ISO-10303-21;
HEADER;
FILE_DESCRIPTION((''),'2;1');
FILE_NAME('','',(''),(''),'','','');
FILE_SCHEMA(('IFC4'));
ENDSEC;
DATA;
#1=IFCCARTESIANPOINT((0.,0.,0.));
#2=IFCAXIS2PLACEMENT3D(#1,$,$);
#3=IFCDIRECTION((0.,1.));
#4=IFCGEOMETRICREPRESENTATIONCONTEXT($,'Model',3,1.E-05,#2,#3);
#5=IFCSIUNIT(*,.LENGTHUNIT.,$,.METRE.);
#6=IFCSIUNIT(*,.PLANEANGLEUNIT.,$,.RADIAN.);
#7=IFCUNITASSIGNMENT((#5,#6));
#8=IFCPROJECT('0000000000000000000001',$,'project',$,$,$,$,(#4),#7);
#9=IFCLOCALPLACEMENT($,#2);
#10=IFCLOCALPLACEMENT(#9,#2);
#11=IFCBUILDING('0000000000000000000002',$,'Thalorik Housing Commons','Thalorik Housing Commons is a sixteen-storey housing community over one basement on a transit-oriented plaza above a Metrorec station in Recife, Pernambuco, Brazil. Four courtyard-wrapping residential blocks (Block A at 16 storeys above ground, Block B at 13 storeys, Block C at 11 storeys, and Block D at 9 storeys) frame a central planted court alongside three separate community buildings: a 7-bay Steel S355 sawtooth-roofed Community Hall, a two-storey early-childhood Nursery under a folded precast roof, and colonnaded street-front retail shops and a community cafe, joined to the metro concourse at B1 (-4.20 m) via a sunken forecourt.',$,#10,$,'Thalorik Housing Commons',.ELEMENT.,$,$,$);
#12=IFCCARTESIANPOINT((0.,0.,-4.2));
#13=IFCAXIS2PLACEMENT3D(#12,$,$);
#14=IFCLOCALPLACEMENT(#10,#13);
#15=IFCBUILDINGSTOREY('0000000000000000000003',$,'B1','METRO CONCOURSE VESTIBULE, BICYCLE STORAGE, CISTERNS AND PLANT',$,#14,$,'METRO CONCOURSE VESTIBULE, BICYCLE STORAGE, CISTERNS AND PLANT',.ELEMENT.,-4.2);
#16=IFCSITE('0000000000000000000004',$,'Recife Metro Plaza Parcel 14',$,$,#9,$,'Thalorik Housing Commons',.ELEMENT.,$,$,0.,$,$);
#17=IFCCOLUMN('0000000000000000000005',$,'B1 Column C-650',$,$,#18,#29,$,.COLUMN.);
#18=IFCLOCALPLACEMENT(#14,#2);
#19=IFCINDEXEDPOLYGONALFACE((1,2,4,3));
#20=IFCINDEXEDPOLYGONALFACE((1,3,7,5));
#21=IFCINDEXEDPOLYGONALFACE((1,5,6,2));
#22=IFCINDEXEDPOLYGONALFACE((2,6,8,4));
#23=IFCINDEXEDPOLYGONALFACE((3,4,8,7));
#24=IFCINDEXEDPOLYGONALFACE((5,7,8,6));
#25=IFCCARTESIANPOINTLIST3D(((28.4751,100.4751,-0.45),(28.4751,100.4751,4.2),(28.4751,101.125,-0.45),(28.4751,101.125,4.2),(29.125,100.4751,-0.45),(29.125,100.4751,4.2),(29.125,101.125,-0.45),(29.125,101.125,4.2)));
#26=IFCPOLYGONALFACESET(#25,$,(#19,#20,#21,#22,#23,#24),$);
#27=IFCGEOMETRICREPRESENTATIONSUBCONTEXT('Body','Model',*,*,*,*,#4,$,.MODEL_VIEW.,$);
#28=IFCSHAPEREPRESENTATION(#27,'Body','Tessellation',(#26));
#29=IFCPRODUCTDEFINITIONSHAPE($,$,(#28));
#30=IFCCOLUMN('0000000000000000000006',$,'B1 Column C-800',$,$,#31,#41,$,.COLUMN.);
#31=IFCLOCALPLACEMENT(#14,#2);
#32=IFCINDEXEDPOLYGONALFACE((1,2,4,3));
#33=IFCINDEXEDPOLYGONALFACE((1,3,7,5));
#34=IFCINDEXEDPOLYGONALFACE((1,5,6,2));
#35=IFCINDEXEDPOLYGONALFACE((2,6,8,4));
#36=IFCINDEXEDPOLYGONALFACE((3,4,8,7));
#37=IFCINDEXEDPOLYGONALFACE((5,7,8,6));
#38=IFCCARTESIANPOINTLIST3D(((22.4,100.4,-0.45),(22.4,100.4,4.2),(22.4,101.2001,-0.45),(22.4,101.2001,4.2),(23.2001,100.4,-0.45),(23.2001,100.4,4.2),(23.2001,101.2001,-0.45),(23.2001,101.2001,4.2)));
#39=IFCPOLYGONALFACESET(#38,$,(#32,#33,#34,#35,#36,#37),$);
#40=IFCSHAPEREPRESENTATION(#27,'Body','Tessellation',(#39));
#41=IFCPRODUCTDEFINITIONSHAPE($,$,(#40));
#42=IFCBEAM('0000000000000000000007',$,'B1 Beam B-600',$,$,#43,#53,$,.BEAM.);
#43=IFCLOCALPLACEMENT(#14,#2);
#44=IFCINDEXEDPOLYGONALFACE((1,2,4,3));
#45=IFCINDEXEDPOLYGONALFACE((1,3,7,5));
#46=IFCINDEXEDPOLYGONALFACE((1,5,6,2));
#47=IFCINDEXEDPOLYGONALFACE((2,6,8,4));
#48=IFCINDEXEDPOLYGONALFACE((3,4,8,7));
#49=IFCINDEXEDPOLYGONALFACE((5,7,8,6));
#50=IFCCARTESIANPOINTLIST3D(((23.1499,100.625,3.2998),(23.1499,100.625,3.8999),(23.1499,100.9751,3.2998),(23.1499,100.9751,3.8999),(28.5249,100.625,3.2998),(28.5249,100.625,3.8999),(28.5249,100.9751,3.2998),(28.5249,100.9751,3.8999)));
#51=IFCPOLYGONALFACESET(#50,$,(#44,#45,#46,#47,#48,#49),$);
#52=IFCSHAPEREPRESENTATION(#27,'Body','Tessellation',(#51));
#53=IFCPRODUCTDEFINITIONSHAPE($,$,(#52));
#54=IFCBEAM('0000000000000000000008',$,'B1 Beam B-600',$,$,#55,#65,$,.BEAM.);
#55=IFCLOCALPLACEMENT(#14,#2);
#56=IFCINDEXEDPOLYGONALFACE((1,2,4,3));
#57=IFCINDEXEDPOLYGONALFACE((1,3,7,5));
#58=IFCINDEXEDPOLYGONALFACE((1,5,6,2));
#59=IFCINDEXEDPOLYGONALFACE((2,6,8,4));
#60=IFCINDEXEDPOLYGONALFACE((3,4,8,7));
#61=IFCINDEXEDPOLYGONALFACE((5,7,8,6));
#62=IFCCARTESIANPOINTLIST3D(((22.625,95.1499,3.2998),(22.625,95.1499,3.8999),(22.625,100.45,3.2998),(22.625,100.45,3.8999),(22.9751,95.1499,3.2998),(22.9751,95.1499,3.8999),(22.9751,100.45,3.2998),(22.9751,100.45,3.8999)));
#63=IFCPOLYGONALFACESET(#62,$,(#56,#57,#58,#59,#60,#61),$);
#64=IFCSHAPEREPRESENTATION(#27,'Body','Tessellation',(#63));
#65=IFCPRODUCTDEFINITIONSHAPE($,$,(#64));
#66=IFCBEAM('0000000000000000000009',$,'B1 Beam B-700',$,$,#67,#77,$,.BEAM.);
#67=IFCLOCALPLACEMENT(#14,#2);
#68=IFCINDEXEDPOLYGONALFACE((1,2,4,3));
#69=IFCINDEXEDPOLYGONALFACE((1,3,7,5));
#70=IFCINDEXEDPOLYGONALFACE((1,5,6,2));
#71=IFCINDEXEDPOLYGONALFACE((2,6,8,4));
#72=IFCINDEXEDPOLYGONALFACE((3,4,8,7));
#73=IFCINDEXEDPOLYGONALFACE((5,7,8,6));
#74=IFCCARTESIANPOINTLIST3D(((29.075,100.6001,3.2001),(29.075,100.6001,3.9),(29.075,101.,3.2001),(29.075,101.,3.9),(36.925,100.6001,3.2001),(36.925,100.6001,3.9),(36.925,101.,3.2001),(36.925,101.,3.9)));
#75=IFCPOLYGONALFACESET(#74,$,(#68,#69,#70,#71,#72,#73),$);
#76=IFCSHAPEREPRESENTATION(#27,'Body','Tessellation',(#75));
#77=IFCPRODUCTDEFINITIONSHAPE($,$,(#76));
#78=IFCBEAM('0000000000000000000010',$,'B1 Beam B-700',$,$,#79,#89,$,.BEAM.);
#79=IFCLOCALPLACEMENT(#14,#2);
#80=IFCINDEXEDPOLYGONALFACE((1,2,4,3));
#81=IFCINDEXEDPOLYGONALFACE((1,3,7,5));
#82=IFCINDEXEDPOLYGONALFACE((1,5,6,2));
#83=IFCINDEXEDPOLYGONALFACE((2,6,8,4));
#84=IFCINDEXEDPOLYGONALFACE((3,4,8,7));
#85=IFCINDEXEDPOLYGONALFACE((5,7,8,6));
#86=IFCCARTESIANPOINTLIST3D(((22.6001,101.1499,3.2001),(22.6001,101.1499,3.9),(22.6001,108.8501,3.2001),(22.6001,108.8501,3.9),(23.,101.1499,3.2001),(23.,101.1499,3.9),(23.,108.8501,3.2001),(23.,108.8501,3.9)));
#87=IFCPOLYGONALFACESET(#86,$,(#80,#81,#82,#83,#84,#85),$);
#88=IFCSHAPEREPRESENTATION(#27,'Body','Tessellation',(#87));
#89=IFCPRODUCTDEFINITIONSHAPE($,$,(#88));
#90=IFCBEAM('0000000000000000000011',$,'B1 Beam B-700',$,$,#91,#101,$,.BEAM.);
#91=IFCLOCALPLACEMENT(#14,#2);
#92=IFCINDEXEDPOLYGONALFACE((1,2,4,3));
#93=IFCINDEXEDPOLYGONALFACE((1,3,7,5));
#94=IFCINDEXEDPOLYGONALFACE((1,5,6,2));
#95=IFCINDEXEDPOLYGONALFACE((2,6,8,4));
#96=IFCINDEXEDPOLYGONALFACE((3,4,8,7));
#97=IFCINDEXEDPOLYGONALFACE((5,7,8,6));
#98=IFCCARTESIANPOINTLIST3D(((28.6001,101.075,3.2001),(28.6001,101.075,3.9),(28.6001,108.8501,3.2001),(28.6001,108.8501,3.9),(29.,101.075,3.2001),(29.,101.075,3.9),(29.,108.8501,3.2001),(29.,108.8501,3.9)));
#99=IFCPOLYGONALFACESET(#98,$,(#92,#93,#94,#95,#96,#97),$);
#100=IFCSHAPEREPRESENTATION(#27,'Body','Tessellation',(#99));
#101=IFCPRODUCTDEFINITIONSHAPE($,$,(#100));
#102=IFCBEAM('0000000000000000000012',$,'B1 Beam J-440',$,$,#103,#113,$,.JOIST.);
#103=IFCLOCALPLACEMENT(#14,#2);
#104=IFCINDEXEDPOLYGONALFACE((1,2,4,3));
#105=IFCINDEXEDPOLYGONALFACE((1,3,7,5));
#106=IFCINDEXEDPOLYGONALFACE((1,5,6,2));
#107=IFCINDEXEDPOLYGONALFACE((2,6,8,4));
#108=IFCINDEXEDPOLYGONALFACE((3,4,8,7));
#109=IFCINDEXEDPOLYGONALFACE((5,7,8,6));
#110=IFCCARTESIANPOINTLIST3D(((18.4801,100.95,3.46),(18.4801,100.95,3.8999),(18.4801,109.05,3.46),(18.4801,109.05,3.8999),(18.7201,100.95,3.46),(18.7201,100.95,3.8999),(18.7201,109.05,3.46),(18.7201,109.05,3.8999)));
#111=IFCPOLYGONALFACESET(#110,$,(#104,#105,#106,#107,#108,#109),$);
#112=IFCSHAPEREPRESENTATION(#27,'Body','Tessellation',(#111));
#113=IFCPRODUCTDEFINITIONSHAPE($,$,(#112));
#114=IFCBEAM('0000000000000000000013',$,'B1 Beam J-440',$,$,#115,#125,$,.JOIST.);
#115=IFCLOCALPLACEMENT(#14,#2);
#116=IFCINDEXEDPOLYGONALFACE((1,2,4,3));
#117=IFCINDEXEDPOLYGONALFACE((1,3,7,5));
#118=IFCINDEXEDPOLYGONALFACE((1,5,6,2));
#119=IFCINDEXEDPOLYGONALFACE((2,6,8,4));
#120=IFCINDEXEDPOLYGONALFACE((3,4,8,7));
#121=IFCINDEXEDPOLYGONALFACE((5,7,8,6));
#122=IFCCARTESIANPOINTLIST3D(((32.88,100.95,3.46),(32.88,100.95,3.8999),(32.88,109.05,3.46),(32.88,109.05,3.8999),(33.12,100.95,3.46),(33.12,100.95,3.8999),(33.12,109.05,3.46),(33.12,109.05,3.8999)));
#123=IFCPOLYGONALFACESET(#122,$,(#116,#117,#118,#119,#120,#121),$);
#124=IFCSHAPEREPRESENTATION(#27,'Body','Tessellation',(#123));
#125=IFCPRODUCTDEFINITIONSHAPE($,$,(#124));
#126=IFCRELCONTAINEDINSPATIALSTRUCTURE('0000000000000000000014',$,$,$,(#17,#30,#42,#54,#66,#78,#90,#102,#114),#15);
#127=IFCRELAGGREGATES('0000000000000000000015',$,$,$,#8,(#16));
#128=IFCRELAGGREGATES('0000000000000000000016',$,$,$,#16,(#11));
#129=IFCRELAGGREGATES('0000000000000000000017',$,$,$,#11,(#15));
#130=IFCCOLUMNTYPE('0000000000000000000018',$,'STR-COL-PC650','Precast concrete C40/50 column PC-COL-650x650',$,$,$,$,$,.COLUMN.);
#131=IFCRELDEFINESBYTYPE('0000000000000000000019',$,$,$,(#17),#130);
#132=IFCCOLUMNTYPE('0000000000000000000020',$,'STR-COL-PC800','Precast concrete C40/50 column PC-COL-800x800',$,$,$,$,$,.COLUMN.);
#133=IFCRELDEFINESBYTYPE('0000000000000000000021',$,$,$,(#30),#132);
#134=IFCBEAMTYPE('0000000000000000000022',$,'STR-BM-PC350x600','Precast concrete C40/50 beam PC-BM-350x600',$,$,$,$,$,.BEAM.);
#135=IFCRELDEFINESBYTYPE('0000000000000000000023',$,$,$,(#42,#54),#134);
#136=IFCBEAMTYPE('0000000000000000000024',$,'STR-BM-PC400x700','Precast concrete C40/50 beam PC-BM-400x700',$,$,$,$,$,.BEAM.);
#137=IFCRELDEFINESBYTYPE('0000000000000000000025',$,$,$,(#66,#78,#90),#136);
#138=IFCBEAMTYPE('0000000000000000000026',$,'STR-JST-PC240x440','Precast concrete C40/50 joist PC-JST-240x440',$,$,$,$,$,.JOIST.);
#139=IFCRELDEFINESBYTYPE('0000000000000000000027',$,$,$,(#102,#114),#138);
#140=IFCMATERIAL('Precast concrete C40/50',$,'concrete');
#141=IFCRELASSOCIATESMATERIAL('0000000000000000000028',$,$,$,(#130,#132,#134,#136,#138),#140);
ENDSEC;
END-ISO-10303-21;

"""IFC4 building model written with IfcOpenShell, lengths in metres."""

from ifc_helpers import new_model, si_unit, direction, frame, origin, origin_2d, place, context, subcontext, project, spatial, rectangle, extrude, material, material_profile, profile_set, type_object, element, save


model = new_model("IFC4")

# Units and contexts
model_context = context("Model", 3, precision=1e-05, world=origin(), true_north=direction((0.0, 1.0)))
body_context = subcontext(model_context, "Body", "Model", "MODEL_VIEW")
ifc_project = project(units=[si_unit("LENGTHUNIT", "METRE"), si_unit("PLANEANGLEUNIT", "RADIAN")], contexts=[model_context])

# Site, building, storey
site_placement = place(None, origin())
site = spatial("IfcSite", under=ifc_project, at=site_placement, Name="Recife Metro Plaza Parcel 14", LongName="Thalorik Housing Commons", CompositionType="ELEMENT", RefElevation=0.0)
building_placement = place(site_placement, origin())
building = spatial("IfcBuilding", under=site, at=building_placement, Name="Thalorik Housing Commons", Description="Thalorik Housing Commons is a sixteen-storey housing community over one basement on a transit-oriented plaza above a Metrorec station in Recife, Pernambuco, Brazil. Four courtyard-wrapping residential blocks (Block A at 16 storeys above ground, Block B at 13 storeys, Block C at 11 storeys, and Block D at 9 storeys) frame a central planted court alongside three separate community buildings: a 7-bay Steel S355 sawtooth-roofed Community Hall, a two-storey early-childhood Nursery under a folded precast roof, and colonnaded street-front retail shops and a community cafe, joined to the metro concourse at B1 (-4.20 m) via a sunken forecourt.", LongName="Thalorik Housing Commons", CompositionType="ELEMENT")
storey_placement = place(building_placement, frame((0.0, 0.0, -4.2)))
storey = spatial("IfcBuildingStorey", under=building, at=storey_placement, Name="B1", Description="METRO CONCOURSE VESTIBULE, BICYCLE STORAGE, CISTERNS AND PLANT", LongName="METRO CONCOURSE VESTIBULE, BICYCLE STORAGE, CISTERNS AND PLANT", CompositionType="ELEMENT", Elevation=-4.2)

# Columns
ifc_material_1 = material(Name="Precast concrete C40/50", Category="concrete")
ifc_material_profile_1 = material_profile(ifc_material_1, rectangle(XDim=0.6499, YDim=0.6499, at=origin_2d()), Name="PC 650x650", Category="concrete")
ifc_profile_set_1 = profile_set([ifc_material_profile_1], Name="Precast concrete C40/50")
column_type_1 = type_object("IfcColumnType", Name="STR-COL-PC650", Description="Precast concrete C40/50 column PC-COL-650x650", PredefinedType="COLUMN", material=ifc_profile_set_1)
column_1_placement = place(storey_placement, frame((28.8, 100.8, -0.45), z_axis=(0.0, 0.0, 1.0), x_axis=(1.0, 0.0, 0.0)))
element("IfcColumn", 1, at=column_1_placement, inside=storey, type_object=column_type_1, Name="B1 Column C-650", PredefinedType="COLUMN", context=body_context, shape_type="SweptSolid", body=[
    extrude(rectangle(XDim=0.6499, YDim=0.6499, at=origin_2d()), origin(), (0.0, 0.0, 1.0), 4.6499),
])
ifc_material_profile_2 = material_profile(ifc_material_1, rectangle(XDim=0.8, YDim=0.8, at=origin_2d()), Name="PC 800x800", Category="concrete")
ifc_profile_set_2 = profile_set([ifc_material_profile_2], Name="Precast concrete C40/50")
column_type_2 = type_object("IfcColumnType", Name="STR-COL-PC800", Description="Precast concrete C40/50 column PC-COL-800x800", PredefinedType="COLUMN", material=ifc_profile_set_2)
column_2_placement = place(storey_placement, frame((22.8, 100.8, -0.45), z_axis=(0.0, 0.0, 1.0), x_axis=(1.0, 0.0, 0.0)))
element("IfcColumn", 2, at=column_2_placement, inside=storey, type_object=column_type_2, Name="B1 Column C-800", PredefinedType="COLUMN", context=body_context, shape_type="SweptSolid", body=[
    extrude(rectangle(XDim=0.8, YDim=0.8, at=origin_2d()), origin(), (0.0, 0.0, 1.0), 4.6499),
])

# Beams
ifc_material_profile_3 = material_profile(ifc_material_1, rectangle(XDim=0.3501, YDim=0.6001, at=origin_2d()), Name="PC 350x600", Category="concrete")
ifc_profile_set_3 = profile_set([ifc_material_profile_3], Name="Precast concrete C40/50")
beam_type_1 = type_object("IfcBeamType", Name="STR-BM-PC350x600", Description="Precast concrete C40/50 beam PC-BM-350x600", PredefinedType="BEAM", material=ifc_profile_set_3)
beam_1_placement = place(storey_placement, frame((23.1499, 100.8, 3.5999), z_axis=(1.0, 0.0, 0.0), x_axis=(0.0, 1.0, 0.0)))
element("IfcBeam", 3, at=beam_1_placement, inside=storey, type_object=beam_type_1, Name="B1 Beam B-600", PredefinedType="BEAM", context=body_context, shape_type="SweptSolid", body=[
    extrude(rectangle(XDim=0.3501, YDim=0.6001, at=origin_2d()), origin(), (0.0, 0.0, 1.0), 5.375),
])
beam_2_placement = place(storey_placement, frame((22.8, 95.1499, 3.5999), z_axis=(0.0, 1.0, 0.0), x_axis=(-1.0, 0.0, 0.0)))
element("IfcBeam", 4, at=beam_2_placement, inside=storey, type_object=beam_type_1, Name="B1 Beam B-600", PredefinedType="BEAM", context=body_context, shape_type="SweptSolid", body=[
    extrude(rectangle(XDim=0.3501, YDim=0.6001, at=origin_2d()), origin(), (0.0, 0.0, 1.0), 5.3),
])
ifc_material_profile_4 = material_profile(ifc_material_1, rectangle(XDim=0.3999, YDim=0.7, at=origin_2d()), Name="PC 400x700", Category="concrete")
ifc_profile_set_4 = profile_set([ifc_material_profile_4], Name="Precast concrete C40/50")
beam_type_2 = type_object("IfcBeamType", Name="STR-BM-PC400x700", Description="Precast concrete C40/50 beam PC-BM-400x700", PredefinedType="BEAM", material=ifc_profile_set_4)
beam_3_placement = place(storey_placement, frame((29.075, 100.8, 3.55), z_axis=(1.0, 0.0, 0.0), x_axis=(0.0, 1.0, 0.0)))
element("IfcBeam", 5, at=beam_3_placement, inside=storey, type_object=beam_type_2, Name="B1 Beam B-700", PredefinedType="BEAM", context=body_context, shape_type="SweptSolid", body=[
    extrude(rectangle(XDim=0.3999, YDim=0.7, at=origin_2d()), origin(), (0.0, 0.0, 1.0), 7.8501),
])
beam_4_placement = place(storey_placement, frame((22.8, 101.1499, 3.55), z_axis=(0.0, 1.0, 0.0), x_axis=(-1.0, 0.0, 0.0)))
element("IfcBeam", 6, at=beam_4_placement, inside=storey, type_object=beam_type_2, Name="B1 Beam B-700", PredefinedType="BEAM", context=body_context, shape_type="SweptSolid", body=[
    extrude(rectangle(XDim=0.3999, YDim=0.7, at=origin_2d()), origin(), (0.0, 0.0, 1.0), 7.7002),
])
beam_5_placement = place(storey_placement, frame((28.8, 101.075, 3.55), z_axis=(0.0, 1.0, 0.0), x_axis=(-1.0, 0.0, 0.0)))
element("IfcBeam", 7, at=beam_5_placement, inside=storey, type_object=beam_type_2, Name="B1 Beam B-700", PredefinedType="BEAM", context=body_context, shape_type="SweptSolid", body=[
    extrude(rectangle(XDim=0.3999, YDim=0.7, at=origin_2d()), origin(), (0.0, 0.0, 1.0), 7.7751),
])
ifc_material_profile_5 = material_profile(ifc_material_1, rectangle(XDim=0.24, YDim=0.4399, at=origin_2d()), Name="PC JST 240x440", Category="concrete")
ifc_profile_set_5 = profile_set([ifc_material_profile_5], Name="Precast concrete C40/50")
beam_type_3 = type_object("IfcBeamType", Name="STR-JST-PC240x440", Description="Precast concrete C40/50 joist PC-JST-240x440", PredefinedType="JOIST", material=ifc_profile_set_5)
for number, where, z_axis, x_axis, name in (
    (8, (18.6001, 100.95, 3.6799), (0.0, 1.0, 0.0), (-1.0, 0.0, 0.0), "B1 Beam J-440"),
    (9, (33.0, 100.95, 3.6799), (0.0, 1.0, 0.0), (-1.0, 0.0, 0.0), "B1 Beam J-440"),
):
    element("IfcBeam", number, at=place(storey_placement, frame(where, z_axis=z_axis, x_axis=x_axis)), inside=storey, type_object=beam_type_3, Name=name, PredefinedType="JOIST", context=body_context, shape_type="SweptSolid", body=[
        extrude(rectangle(XDim=0.24, YDim=0.4399, at=origin_2d()), origin(), (0.0, 0.0, 1.0), 8.1001),
    ])

save(model, "model.ifc")
